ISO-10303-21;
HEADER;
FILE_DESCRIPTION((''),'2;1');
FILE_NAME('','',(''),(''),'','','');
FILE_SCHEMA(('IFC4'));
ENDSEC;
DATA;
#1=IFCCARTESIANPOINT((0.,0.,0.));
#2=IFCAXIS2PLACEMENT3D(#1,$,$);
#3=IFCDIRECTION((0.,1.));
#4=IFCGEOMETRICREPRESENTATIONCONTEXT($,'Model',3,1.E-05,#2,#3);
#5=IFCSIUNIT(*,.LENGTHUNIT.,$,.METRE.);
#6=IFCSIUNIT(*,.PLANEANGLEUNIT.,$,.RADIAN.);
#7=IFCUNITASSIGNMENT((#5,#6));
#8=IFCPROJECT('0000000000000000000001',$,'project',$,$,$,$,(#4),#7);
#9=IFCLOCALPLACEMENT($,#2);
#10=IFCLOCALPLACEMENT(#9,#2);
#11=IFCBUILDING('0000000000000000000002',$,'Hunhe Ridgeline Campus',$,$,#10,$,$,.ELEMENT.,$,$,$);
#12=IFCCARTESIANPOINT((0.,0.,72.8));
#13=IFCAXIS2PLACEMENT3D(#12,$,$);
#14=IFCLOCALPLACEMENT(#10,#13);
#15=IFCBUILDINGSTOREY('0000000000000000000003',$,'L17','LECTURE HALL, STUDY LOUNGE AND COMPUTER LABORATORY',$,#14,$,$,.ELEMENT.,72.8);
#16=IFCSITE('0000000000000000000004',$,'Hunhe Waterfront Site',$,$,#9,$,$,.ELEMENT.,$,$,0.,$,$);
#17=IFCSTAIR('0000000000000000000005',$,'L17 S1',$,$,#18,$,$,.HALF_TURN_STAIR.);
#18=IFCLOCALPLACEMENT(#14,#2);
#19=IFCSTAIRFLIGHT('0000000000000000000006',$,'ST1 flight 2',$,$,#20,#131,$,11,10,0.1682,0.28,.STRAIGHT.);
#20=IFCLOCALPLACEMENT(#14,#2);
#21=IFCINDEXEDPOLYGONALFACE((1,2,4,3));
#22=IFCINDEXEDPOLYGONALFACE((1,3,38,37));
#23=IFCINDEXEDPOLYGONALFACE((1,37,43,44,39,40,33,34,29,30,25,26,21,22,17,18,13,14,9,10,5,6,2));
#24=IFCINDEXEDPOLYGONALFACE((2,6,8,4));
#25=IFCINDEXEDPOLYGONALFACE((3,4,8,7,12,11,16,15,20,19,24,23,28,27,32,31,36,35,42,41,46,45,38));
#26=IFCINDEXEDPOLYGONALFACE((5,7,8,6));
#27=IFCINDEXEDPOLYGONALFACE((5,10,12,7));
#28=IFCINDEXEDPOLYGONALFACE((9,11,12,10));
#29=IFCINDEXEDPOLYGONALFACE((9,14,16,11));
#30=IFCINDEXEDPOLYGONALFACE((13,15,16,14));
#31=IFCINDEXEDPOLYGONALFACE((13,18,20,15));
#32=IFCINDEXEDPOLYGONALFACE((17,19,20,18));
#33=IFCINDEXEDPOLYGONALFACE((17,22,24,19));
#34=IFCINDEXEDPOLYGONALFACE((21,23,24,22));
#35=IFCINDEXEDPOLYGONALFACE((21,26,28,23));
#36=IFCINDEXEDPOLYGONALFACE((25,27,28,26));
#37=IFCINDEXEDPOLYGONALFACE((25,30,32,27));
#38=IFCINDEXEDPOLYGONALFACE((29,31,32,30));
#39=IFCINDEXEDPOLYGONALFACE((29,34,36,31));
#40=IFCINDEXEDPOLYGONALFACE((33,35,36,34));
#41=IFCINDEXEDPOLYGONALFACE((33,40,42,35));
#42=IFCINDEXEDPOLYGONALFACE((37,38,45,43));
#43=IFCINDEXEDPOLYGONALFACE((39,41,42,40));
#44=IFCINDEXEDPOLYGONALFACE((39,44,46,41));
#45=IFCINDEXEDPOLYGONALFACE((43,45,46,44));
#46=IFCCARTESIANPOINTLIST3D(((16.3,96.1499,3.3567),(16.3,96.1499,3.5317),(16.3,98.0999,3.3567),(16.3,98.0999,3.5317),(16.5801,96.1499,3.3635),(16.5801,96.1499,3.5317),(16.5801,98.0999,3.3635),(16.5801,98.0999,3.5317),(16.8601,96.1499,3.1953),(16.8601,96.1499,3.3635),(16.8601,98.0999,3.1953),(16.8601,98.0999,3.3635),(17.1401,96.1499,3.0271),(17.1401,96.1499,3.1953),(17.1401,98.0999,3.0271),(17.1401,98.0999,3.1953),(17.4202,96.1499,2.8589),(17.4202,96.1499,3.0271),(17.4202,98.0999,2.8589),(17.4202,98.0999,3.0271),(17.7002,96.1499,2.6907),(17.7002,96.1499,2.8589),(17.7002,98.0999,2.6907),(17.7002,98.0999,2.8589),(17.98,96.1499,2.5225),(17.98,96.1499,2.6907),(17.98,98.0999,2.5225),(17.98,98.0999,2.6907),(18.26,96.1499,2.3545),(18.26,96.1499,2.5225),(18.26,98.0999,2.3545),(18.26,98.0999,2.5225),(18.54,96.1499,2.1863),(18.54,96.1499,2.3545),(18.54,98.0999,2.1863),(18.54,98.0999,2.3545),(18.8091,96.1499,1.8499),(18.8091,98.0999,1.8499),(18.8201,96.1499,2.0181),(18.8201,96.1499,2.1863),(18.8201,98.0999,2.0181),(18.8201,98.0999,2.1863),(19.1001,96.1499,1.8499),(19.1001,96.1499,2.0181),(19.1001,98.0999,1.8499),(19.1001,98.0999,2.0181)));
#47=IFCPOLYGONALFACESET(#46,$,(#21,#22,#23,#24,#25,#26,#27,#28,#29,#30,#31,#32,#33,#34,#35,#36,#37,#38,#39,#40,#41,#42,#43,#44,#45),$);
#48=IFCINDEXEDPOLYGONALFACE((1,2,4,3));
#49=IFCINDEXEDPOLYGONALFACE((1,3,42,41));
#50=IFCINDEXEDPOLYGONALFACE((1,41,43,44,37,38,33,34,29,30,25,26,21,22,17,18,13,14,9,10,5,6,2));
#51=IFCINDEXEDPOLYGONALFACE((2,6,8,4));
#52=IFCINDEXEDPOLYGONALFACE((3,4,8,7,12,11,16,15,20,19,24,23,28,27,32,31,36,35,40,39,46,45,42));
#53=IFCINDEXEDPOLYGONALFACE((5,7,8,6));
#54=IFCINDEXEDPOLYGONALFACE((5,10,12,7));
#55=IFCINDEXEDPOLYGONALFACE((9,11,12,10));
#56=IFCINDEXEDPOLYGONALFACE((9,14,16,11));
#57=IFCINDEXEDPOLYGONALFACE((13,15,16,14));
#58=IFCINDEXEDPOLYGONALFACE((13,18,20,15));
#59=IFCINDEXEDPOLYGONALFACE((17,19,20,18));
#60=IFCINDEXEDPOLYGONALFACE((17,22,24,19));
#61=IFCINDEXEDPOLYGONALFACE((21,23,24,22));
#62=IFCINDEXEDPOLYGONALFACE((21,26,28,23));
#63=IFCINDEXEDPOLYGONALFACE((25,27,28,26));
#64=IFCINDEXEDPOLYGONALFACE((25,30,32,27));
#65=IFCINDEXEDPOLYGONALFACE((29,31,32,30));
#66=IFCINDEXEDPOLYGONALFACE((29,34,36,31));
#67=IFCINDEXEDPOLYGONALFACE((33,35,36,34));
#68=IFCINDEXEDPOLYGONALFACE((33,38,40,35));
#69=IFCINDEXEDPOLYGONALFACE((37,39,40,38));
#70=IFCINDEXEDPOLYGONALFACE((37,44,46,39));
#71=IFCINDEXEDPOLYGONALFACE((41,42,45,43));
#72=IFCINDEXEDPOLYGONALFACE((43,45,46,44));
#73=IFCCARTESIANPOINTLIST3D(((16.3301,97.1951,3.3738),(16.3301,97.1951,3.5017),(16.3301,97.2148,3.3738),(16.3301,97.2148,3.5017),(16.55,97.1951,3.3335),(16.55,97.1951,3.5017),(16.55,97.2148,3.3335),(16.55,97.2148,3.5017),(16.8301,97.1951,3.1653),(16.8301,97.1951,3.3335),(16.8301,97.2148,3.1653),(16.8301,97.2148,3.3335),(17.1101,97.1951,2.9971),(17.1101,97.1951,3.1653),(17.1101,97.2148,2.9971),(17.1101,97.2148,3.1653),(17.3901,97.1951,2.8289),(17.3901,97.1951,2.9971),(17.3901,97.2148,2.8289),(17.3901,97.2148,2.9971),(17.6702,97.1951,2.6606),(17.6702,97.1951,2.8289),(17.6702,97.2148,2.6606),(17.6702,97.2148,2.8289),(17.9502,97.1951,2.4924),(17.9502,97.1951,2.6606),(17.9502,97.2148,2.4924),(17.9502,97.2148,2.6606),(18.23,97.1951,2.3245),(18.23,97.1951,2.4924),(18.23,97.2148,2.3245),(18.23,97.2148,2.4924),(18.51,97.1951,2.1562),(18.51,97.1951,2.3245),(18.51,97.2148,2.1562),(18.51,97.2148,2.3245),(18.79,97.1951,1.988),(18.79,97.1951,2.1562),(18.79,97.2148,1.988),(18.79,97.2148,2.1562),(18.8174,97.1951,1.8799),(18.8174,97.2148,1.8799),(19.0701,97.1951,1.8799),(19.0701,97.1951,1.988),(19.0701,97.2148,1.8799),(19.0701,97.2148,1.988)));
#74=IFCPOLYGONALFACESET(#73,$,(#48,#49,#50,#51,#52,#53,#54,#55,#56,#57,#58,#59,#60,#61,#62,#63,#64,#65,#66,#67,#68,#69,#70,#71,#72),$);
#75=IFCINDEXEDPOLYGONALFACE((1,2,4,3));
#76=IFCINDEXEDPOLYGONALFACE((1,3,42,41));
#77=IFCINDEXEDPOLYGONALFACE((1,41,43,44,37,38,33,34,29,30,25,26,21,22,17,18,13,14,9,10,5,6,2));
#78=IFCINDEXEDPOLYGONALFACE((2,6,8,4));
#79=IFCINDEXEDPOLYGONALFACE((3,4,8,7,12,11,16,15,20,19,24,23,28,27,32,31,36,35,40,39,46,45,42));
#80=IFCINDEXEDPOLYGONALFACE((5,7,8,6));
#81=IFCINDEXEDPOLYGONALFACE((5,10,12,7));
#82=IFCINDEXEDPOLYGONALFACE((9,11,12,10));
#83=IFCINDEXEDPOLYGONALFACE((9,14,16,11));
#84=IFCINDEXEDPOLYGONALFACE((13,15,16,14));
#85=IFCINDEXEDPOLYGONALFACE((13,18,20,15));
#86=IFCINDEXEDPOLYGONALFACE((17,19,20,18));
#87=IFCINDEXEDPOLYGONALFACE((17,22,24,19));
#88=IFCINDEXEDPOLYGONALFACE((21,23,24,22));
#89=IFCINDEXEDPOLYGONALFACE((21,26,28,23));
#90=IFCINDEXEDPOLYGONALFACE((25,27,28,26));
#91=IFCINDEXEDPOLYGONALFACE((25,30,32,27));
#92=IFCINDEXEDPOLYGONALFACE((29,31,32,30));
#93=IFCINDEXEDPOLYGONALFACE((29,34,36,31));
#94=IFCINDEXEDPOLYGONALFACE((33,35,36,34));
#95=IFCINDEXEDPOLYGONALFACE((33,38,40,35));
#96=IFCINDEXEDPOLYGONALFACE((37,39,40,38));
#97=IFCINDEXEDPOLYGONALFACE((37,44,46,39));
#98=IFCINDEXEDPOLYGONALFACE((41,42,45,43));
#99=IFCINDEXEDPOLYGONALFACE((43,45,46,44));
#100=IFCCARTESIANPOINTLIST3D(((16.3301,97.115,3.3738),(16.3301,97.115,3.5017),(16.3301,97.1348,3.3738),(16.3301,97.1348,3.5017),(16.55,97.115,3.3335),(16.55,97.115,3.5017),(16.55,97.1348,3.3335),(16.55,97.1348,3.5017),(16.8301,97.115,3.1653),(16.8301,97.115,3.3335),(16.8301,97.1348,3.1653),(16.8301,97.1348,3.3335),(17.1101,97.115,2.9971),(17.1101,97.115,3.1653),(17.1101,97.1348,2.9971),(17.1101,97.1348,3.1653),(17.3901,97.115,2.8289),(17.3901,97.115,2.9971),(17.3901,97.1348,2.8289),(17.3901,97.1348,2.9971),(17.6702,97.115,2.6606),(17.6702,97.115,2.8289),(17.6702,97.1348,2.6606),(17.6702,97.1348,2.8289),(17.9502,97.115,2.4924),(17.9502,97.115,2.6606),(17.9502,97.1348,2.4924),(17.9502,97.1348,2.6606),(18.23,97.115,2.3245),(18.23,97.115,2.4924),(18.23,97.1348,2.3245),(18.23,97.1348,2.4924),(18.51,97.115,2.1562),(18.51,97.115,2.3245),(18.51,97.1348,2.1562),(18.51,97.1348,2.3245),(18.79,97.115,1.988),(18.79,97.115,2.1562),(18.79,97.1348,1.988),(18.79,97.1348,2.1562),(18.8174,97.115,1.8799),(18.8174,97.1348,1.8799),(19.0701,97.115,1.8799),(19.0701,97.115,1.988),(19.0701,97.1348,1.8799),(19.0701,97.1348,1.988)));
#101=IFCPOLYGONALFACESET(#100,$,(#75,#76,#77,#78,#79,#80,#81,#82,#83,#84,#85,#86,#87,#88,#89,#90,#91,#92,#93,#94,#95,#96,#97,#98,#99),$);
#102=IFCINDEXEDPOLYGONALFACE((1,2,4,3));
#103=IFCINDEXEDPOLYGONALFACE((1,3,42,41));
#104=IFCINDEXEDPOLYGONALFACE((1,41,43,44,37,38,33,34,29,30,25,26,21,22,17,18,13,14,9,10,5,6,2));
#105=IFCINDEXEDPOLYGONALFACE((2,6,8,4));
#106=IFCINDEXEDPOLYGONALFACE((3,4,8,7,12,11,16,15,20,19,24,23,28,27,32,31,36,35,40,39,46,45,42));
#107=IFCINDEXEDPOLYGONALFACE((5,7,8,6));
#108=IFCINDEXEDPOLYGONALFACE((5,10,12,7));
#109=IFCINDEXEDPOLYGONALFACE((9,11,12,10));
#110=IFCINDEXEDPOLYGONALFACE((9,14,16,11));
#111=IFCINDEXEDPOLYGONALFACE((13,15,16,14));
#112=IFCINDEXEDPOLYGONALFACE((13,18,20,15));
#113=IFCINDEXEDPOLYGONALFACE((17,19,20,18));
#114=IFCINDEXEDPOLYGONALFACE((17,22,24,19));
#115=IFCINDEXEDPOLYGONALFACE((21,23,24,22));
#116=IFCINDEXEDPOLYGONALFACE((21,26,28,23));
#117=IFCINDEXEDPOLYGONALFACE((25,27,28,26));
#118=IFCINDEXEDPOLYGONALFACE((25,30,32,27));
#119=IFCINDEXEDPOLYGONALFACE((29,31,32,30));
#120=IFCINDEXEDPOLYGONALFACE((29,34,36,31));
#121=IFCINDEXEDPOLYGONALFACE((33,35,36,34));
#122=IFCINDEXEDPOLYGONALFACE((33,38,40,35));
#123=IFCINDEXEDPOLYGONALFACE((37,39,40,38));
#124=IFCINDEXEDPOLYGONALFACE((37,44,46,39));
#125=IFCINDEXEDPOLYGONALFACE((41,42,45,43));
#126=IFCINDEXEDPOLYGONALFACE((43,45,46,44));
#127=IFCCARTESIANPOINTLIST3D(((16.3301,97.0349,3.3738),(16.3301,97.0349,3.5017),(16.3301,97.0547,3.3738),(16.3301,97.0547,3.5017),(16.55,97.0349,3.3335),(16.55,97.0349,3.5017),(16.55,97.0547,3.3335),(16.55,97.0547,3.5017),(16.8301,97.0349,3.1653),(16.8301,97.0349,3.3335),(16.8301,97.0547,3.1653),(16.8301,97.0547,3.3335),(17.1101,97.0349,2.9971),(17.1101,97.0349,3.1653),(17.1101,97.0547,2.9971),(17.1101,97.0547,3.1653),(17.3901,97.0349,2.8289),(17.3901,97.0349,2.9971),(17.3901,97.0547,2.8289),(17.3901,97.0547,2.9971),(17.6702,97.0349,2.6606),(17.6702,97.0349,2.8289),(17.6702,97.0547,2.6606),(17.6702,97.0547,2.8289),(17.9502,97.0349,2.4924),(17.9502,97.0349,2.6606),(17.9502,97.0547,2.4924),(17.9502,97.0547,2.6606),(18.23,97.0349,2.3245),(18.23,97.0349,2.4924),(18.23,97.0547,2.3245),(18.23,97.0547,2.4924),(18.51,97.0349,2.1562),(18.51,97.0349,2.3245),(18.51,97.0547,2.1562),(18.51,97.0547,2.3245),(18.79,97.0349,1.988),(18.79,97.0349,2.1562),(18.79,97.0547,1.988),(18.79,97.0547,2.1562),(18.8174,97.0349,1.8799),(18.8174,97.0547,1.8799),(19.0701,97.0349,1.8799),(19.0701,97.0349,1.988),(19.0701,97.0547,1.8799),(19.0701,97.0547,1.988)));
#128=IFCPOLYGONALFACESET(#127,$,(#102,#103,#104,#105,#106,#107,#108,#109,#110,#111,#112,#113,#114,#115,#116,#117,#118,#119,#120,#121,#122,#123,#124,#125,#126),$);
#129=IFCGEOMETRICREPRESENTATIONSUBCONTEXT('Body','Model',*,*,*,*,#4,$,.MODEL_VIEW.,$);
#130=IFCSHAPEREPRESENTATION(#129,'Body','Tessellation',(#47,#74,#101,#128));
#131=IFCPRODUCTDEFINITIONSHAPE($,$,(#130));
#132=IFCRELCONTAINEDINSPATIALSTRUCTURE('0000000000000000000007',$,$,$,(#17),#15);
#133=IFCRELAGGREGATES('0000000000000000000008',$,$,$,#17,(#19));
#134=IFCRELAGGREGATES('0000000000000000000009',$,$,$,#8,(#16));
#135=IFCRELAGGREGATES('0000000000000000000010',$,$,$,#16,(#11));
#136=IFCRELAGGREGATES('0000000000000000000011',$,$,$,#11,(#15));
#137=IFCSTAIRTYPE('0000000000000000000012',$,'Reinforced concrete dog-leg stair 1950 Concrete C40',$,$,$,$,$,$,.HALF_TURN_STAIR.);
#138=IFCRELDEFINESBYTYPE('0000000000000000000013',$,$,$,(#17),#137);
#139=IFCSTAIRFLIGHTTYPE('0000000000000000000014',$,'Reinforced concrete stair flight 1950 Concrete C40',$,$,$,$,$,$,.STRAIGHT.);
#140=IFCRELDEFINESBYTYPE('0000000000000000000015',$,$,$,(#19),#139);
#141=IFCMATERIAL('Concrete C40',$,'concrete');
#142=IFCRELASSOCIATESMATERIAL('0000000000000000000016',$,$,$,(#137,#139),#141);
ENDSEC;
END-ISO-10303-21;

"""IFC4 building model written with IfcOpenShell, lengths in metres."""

from ifc_helpers import new_model, si_unit, direction, frame, origin, place, context, subcontext, project, spatial, polyline, outline, extrude, material, type_object, element, aggregate, save


model = new_model("IFC4")

# Units and contexts
model_context = context("Model", 3, precision=1e-05, world=origin(), true_north=direction((0.0, 1.0)))
body_context = subcontext(model_context, "Body", "Model", "MODEL_VIEW")
ifc_project = project(units=[si_unit("LENGTHUNIT", "METRE"), si_unit("PLANEANGLEUNIT", "RADIAN")], contexts=[model_context])

# Site, building, storey
site_placement = place(None, origin())
site = spatial("IfcSite", under=ifc_project, at=site_placement, Name="Hunhe Waterfront Site", CompositionType="ELEMENT", RefElevation=0.0)
building_placement = place(site_placement, origin())
building = spatial("IfcBuilding", under=site, at=building_placement, Name="Hunhe Ridgeline Campus", CompositionType="ELEMENT")
storey_placement = place(building_placement, frame((0.0, 0.0, 72.8)))
storey = spatial("IfcBuildingStorey", under=building, at=storey_placement, Name="L17", Description="LECTURE HALL, STUDY LOUNGE AND COMPUTER LABORATORY", CompositionType="ELEMENT", Elevation=72.8)

# Stair, stair flight
ifc_material_1 = material(Name="Concrete C40", Category="concrete")
stair_type = type_object("IfcStairType", Name="Reinforced concrete dog-leg stair 1950 Concrete C40", PredefinedType="HALF_TURN_STAIR", material=ifc_material_1)
stair_placement = place(storey_placement, origin())
stair = element("IfcStair", 1, at=stair_placement, inside=storey, type_object=stair_type, Name="L17 S1", PredefinedType="HALF_TURN_STAIR")
stair_flight_type = type_object("IfcStairFlightType", Name="Reinforced concrete stair flight 1950 Concrete C40", PredefinedType="STRAIGHT", material=ifc_material_1)
stair_flight_1_placement = place(storey_placement, frame((19.1001, 97.125, 1.8499), z_axis=(0.0, 0.0, 1.0), x_axis=(-1.0, 0.0, 0.0)))
stair_flight_1 = element("IfcStairFlight", 2, at=stair_flight_1_placement, type_object=stair_flight_type, Name="ST1 flight 2", NumberOfRisers=11, NumberOfTreads=10, PredefinedType="STRAIGHT", RiserHeight=0.1682, TreadLength=0.28, context=body_context, shape_type="SweptSolid", body=[
    extrude(outline(polyline([(0.0, 0.0), (0.0, 0.1682), (0.28, 0.1682), (0.28, 0.3364), (0.5601, 0.3364), (0.5601, 0.5046), (0.8401, 0.5046), (0.8401, 0.6726), (1.1201, 0.6726), (1.1201, 0.8408), (1.3999, 0.8408), (1.3999, 1.009), (1.6799, 1.009), (1.6799, 1.1772), (1.96, 1.1772), (1.96, 1.3455), (2.24, 1.3455), (2.24, 1.5137), (2.52, 1.5137), (2.52, 1.6819), (2.8, 1.6819), (2.8, 1.8501), (2.8, 1.5068), (0.291, 0.0), (0.0, 0.0)])), frame((0.0, 0.9751, 0.0), z_axis=(0.0, -1.0, 0.0), x_axis=(1.0, 0.0, 0.0)), (0.0, 0.0, 1.0), 1.95),
    extrude(outline(polyline([(0.03, 0.03), (0.03, 0.1382), (0.3101, 0.1382), (0.3101, 0.3064), (0.5901, 0.3064), (0.5901, 0.4746), (0.8701, 0.4746), (0.8701, 0.6426), (1.1499, 0.6426), (1.1499, 0.8108), (1.4299, 0.8108), (1.4299, 0.979), (1.71, 0.979), (1.71, 1.1472), (1.99, 1.1472), (1.99, 1.3154), (2.27, 1.3154), (2.27, 1.4836), (2.55, 1.4836), (2.55, 1.6519), (2.77, 1.6519), (2.77, 1.5239), (0.2827, 0.03), (0.03, 0.03)])), frame((0.0, -0.0701, 0.0), z_axis=(0.0, -1.0, 0.0), x_axis=(1.0, 0.0, 0.0)), (0.0, 0.0, 1.0), 0.0198),
    extrude(outline(polyline([(0.03, 0.03), (0.03, 0.1382), (0.3101, 0.1382), (0.3101, 0.3064), (0.5901, 0.3064), (0.5901, 0.4746), (0.8701, 0.4746), (0.8701, 0.6426), (1.1499, 0.6426), (1.1499, 0.8108), (1.4299, 0.8108), (1.4299, 0.979), (1.71, 0.979), (1.71, 1.1472), (1.99, 1.1472), (1.99, 1.3154), (2.27, 1.3154), (2.27, 1.4836), (2.55, 1.4836), (2.55, 1.6519), (2.77, 1.6519), (2.77, 1.5239), (0.2827, 0.03), (0.03, 0.03)])), frame((0.0, 0.01, 0.0), z_axis=(0.0, -1.0, 0.0), x_axis=(1.0, 0.0, 0.0)), (0.0, 0.0, 1.0), 0.0198),
    extrude(outline(polyline([(0.03, 0.03), (0.03, 0.1382), (0.3101, 0.1382), (0.3101, 0.3064), (0.5901, 0.3064), (0.5901, 0.4746), (0.8701, 0.4746), (0.8701, 0.6426), (1.1499, 0.6426), (1.1499, 0.8108), (1.4299, 0.8108), (1.4299, 0.979), (1.71, 0.979), (1.71, 1.1472), (1.99, 1.1472), (1.99, 1.3154), (2.27, 1.3154), (2.27, 1.4836), (2.55, 1.4836), (2.55, 1.6519), (2.77, 1.6519), (2.77, 1.5239), (0.2827, 0.03), (0.03, 0.03)])), frame((0.0, 0.0901, 0.0), z_axis=(0.0, -1.0, 0.0), x_axis=(1.0, 0.0, 0.0)), (0.0, 0.0, 1.0), 0.0198),
])
aggregate(stair, [stair_flight_1])

save(model, "model.ifc")
